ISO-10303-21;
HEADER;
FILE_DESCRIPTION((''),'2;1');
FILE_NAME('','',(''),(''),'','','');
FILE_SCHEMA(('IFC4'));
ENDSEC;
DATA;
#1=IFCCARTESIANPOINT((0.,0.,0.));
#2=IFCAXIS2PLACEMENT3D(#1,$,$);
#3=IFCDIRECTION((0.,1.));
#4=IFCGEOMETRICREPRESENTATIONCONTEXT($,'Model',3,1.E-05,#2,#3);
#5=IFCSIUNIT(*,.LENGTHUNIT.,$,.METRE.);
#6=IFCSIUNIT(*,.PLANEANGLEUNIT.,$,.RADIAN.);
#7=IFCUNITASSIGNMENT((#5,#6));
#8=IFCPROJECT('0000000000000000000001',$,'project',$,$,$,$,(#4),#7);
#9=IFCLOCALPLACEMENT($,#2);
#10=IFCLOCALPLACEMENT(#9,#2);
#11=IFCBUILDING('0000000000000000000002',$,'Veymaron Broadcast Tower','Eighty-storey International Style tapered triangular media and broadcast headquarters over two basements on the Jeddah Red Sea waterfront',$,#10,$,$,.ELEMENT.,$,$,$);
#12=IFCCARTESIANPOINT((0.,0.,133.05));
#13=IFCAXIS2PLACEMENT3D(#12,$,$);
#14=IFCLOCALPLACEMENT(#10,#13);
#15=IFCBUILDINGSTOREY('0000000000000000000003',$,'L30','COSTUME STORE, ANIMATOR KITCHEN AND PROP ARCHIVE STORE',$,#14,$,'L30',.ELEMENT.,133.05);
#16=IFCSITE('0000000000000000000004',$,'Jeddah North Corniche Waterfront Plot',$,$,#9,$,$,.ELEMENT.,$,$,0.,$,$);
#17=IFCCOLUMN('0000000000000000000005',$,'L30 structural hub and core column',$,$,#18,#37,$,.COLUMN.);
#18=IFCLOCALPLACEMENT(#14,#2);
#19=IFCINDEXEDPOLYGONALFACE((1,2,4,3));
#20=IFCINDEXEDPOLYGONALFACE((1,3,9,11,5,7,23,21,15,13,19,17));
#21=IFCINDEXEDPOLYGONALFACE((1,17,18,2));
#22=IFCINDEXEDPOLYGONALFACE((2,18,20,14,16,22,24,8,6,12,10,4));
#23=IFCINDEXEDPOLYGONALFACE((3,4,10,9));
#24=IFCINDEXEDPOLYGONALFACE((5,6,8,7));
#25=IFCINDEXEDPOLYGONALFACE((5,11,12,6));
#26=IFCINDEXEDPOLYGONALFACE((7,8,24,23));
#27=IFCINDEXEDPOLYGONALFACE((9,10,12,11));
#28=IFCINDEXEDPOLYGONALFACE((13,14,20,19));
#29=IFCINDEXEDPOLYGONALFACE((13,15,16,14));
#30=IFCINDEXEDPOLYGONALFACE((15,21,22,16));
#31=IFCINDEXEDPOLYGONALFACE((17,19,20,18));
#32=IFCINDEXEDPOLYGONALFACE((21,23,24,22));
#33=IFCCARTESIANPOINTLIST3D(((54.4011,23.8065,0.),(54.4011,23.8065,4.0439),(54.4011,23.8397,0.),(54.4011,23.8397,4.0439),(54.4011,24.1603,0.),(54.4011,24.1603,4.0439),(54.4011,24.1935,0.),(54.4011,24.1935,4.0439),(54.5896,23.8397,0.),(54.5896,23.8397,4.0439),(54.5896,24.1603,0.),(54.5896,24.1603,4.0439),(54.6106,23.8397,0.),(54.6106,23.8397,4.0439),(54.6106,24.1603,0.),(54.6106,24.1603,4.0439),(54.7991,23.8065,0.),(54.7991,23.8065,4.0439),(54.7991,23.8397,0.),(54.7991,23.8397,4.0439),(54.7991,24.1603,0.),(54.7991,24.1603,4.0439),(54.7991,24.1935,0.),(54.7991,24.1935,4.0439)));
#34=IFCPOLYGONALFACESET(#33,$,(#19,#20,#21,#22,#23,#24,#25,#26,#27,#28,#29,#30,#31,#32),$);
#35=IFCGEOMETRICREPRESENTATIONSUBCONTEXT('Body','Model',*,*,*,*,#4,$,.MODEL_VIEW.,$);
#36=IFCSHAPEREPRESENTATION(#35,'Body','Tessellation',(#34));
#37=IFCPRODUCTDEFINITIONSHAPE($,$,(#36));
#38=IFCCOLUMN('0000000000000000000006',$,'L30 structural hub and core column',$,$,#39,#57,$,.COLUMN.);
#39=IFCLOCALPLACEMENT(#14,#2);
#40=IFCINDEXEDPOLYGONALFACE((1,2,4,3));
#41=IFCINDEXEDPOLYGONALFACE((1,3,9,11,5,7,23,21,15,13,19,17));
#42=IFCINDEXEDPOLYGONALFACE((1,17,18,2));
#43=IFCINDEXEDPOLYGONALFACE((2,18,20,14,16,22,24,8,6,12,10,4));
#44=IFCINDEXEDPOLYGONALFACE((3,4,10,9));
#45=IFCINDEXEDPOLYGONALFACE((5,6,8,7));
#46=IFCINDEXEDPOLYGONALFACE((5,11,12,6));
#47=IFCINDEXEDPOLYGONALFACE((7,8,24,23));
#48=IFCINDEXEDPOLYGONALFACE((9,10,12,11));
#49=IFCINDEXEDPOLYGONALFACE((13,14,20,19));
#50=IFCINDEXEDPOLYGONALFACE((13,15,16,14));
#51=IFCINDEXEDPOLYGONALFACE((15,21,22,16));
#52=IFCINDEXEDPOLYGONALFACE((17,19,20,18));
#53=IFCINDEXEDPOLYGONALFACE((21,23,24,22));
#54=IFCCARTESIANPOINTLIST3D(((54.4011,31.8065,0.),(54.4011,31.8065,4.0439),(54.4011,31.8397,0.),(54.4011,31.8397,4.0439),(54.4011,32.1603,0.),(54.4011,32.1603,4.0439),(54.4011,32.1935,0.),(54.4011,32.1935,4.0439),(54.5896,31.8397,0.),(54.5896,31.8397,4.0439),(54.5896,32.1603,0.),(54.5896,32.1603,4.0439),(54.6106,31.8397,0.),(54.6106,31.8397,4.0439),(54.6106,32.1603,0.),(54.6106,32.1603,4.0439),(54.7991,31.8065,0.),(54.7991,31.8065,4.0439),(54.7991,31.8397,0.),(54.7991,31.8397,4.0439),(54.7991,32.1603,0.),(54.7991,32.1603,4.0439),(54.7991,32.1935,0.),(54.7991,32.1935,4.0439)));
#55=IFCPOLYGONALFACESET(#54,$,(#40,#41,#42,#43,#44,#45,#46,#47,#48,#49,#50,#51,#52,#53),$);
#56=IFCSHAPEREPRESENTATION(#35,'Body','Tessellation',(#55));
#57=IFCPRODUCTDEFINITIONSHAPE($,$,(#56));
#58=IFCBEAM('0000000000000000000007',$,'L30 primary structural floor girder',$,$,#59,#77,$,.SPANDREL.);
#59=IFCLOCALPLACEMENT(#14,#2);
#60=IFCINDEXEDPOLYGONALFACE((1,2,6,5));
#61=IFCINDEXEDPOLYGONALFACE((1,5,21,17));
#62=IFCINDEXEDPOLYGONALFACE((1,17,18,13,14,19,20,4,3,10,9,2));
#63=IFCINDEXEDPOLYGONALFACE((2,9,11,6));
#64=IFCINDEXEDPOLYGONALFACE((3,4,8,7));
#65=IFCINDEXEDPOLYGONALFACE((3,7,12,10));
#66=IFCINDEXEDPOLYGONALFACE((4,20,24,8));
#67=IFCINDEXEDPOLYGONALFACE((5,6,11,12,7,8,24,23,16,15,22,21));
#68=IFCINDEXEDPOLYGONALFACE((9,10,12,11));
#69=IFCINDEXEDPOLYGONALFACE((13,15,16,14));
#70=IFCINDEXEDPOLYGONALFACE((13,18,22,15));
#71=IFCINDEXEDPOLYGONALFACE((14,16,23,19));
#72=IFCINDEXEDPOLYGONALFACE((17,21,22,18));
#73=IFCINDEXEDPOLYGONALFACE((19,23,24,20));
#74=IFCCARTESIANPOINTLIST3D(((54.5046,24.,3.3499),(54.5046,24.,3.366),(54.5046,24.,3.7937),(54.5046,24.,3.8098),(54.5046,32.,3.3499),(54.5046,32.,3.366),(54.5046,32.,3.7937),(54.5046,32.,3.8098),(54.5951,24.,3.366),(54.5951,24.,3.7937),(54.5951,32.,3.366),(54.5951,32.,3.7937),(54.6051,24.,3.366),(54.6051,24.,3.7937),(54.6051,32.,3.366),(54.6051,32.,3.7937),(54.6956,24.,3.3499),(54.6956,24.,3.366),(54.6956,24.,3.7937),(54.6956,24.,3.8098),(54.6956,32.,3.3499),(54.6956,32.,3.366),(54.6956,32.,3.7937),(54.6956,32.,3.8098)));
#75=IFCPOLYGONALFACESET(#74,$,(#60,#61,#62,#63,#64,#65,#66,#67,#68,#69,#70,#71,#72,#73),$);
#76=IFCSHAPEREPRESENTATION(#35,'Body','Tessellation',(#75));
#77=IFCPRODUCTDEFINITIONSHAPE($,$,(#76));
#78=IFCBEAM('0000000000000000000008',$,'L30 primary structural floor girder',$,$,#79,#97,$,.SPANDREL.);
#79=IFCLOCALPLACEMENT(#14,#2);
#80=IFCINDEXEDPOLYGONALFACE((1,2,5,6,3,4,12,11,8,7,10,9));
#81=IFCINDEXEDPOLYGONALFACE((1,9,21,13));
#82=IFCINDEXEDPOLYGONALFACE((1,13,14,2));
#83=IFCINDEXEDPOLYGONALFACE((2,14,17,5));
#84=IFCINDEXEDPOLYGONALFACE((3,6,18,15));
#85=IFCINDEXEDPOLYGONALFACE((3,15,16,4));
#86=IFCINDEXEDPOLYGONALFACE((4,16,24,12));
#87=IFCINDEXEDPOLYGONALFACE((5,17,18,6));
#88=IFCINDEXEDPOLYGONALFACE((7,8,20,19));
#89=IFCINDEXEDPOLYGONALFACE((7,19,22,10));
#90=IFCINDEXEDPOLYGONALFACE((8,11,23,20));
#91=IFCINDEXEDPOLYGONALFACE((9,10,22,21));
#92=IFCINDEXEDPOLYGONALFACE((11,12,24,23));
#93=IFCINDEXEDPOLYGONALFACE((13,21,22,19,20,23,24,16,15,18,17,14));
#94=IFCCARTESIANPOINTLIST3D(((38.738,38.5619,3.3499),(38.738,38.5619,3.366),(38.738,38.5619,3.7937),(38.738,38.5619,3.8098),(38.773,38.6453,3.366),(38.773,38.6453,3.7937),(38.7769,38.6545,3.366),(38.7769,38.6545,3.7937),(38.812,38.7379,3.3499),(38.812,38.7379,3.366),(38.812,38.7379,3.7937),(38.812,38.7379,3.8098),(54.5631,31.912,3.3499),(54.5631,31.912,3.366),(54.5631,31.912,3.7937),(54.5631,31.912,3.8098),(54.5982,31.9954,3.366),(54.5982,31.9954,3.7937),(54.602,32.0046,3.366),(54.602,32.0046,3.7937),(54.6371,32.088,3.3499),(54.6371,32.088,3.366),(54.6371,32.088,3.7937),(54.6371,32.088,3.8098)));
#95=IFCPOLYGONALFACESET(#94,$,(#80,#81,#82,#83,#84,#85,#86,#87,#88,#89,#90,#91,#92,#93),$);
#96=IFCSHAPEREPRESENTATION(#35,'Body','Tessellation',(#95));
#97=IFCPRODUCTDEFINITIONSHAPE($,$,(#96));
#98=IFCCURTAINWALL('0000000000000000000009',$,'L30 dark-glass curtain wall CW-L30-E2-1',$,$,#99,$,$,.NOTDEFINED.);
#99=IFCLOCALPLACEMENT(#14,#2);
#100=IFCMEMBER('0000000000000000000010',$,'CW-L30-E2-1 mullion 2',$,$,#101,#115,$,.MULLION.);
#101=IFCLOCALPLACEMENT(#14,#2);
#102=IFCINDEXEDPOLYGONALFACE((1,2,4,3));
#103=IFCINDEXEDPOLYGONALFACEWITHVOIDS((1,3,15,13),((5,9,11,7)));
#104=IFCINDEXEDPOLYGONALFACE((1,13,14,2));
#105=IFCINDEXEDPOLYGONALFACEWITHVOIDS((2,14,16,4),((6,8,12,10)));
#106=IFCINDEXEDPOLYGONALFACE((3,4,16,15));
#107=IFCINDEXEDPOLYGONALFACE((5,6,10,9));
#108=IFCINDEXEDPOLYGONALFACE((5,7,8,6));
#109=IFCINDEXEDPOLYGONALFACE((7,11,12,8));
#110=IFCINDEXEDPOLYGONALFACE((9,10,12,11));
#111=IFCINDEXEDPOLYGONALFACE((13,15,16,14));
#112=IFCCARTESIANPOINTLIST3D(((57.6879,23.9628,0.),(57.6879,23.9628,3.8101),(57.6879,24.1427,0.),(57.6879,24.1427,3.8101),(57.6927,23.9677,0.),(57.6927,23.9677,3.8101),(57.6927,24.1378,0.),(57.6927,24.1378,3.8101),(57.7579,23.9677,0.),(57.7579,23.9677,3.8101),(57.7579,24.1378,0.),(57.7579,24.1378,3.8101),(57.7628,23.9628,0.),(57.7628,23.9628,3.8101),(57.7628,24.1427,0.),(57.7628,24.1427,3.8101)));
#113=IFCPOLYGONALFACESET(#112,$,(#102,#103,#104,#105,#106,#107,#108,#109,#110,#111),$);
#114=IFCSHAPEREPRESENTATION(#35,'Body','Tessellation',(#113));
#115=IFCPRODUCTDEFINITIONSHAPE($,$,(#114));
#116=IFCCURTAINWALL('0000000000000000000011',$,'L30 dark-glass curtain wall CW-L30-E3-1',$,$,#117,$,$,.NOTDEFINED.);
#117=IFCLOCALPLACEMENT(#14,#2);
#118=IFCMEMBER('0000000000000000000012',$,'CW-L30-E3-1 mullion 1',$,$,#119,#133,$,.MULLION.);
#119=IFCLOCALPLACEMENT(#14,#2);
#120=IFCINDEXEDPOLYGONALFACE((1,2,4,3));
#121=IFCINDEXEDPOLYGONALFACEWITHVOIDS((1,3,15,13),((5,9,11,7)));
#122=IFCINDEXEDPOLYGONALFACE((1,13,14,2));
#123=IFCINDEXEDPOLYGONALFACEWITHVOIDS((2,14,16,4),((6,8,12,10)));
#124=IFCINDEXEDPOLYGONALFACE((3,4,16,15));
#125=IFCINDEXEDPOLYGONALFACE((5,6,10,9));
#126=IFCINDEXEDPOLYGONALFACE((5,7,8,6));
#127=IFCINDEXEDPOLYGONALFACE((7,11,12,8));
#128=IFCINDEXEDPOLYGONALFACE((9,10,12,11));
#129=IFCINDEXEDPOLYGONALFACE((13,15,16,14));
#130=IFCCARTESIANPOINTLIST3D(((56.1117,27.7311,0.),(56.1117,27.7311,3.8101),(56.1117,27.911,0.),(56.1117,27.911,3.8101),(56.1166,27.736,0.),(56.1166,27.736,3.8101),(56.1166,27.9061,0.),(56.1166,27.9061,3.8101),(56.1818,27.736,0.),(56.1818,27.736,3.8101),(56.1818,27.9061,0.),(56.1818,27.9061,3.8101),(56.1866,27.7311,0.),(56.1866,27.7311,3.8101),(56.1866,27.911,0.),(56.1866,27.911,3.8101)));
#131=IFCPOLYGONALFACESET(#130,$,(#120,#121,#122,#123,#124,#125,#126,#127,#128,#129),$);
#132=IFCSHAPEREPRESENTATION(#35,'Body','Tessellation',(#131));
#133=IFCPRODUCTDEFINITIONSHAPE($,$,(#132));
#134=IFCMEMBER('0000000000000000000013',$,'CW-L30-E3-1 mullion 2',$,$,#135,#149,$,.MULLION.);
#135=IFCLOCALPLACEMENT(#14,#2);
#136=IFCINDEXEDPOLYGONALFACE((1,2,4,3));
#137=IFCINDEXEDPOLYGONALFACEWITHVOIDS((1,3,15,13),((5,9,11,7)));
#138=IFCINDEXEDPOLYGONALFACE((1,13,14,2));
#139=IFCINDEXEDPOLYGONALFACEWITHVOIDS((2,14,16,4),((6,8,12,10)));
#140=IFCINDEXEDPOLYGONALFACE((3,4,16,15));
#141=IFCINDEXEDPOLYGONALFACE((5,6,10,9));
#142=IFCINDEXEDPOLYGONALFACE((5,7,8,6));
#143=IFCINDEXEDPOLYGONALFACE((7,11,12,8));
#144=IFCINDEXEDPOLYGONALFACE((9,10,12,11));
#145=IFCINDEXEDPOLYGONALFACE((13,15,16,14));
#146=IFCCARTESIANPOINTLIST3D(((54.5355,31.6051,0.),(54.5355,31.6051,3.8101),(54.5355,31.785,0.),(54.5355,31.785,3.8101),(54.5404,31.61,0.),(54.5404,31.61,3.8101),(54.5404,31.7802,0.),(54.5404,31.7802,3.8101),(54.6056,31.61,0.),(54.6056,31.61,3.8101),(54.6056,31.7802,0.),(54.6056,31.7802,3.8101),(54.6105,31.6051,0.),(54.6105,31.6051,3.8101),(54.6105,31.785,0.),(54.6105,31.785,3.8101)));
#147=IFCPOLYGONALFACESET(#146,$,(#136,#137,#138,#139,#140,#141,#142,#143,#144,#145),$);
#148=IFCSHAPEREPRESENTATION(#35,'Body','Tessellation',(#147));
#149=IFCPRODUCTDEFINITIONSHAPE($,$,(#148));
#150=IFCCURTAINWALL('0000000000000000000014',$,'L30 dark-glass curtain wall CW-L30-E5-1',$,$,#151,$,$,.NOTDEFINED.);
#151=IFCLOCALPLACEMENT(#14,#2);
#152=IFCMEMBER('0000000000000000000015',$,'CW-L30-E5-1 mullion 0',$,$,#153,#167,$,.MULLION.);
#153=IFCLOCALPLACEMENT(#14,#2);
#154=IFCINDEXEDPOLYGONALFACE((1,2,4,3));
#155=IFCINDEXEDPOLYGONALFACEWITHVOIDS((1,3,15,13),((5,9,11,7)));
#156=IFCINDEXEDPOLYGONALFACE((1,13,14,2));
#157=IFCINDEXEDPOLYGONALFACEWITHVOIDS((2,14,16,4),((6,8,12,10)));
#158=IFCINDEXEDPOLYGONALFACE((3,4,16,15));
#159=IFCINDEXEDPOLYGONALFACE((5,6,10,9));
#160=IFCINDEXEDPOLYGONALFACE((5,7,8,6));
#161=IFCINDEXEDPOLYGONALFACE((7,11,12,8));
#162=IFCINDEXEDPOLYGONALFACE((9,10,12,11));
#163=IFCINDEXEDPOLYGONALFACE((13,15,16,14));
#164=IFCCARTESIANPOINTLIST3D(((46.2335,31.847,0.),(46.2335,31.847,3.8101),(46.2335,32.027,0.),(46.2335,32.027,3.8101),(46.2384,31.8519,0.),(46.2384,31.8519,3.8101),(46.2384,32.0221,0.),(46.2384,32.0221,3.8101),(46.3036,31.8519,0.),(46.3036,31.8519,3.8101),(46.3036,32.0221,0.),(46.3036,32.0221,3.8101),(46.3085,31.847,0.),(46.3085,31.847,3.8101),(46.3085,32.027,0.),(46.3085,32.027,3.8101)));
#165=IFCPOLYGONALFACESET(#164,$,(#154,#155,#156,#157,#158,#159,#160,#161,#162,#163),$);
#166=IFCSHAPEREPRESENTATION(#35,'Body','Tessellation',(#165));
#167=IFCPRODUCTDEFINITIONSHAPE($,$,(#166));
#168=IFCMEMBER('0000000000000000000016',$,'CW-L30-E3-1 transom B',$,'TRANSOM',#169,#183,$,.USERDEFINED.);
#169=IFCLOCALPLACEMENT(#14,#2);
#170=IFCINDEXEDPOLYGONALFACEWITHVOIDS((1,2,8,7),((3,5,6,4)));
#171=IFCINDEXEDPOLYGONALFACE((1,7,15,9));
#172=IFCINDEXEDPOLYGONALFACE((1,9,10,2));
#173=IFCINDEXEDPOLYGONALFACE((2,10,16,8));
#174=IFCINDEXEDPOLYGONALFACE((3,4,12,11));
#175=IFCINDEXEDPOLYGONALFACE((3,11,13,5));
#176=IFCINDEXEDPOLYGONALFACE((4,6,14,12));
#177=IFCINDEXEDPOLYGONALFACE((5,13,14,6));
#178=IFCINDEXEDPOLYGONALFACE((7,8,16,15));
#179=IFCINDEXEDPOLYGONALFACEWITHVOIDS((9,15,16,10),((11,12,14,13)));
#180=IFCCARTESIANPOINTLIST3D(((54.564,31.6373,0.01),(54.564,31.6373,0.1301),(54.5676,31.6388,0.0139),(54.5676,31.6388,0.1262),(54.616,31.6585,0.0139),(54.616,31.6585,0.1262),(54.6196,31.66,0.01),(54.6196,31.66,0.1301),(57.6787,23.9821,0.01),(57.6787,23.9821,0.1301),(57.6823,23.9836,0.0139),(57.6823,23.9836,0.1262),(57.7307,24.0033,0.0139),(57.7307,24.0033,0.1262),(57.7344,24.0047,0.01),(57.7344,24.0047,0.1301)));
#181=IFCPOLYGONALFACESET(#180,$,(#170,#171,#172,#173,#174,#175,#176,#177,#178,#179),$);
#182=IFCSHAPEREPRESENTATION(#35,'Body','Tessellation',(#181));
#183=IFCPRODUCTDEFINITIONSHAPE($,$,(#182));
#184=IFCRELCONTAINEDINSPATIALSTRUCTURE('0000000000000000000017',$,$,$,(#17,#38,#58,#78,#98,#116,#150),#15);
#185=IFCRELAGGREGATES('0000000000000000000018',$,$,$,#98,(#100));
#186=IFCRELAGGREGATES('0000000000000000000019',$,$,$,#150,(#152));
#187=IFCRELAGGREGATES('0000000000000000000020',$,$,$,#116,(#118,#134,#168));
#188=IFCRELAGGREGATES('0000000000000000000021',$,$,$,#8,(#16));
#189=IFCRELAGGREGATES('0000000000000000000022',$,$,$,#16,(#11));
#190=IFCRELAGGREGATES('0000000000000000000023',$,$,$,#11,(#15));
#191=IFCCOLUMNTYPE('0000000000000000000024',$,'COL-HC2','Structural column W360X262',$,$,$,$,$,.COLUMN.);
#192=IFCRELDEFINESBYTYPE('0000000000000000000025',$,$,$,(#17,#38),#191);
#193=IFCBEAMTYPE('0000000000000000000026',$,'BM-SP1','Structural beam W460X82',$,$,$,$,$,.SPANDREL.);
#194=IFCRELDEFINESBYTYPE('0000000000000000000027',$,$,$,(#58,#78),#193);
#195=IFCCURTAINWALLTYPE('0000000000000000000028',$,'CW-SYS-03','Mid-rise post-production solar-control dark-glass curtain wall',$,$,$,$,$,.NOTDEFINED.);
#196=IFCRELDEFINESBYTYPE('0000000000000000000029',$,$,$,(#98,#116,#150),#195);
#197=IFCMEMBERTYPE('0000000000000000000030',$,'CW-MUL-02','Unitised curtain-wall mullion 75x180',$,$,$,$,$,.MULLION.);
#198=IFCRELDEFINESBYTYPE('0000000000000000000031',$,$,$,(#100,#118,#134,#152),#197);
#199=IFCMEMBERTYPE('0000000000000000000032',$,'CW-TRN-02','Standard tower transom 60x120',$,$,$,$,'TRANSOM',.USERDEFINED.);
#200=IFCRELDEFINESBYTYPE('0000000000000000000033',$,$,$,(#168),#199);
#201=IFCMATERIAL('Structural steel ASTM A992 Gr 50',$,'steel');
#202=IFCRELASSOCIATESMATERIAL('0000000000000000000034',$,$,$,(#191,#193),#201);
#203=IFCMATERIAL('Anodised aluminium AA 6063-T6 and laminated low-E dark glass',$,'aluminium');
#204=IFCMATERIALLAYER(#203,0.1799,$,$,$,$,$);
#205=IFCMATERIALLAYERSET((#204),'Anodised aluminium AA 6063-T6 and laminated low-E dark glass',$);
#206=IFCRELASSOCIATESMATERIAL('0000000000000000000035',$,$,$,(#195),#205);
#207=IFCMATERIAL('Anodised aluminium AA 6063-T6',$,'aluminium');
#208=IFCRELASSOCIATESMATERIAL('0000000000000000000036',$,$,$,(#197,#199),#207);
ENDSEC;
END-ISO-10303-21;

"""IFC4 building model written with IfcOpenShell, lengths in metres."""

from ifc_helpers import new_model, si_unit, direction, frame, origin, origin_2d, place, context, subcontext, project, spatial, hollow_rectangle, i_section, extrude, material, layer, layer_set, material_profile, profile_set, type_object, element, aggregate, save


model = new_model("IFC4")

# Units and contexts
model_context = context("Model", 3, precision=1e-05, world=origin(), true_north=direction((0.0, 1.0)))
body_context = subcontext(model_context, "Body", "Model", "MODEL_VIEW")
ifc_project = project(units=[si_unit("LENGTHUNIT", "METRE"), si_unit("PLANEANGLEUNIT", "RADIAN")], contexts=[model_context])

# Site, building, storey
site_placement = place(None, origin())
site = spatial("IfcSite", under=ifc_project, at=site_placement, Name="Jeddah North Corniche Waterfront Plot", CompositionType="ELEMENT", RefElevation=0.0)
building_placement = place(site_placement, origin())
building = spatial("IfcBuilding", under=site, at=building_placement, Name="Veymaron Broadcast Tower", Description="Eighty-storey International Style tapered triangular media and broadcast headquarters over two basements on the Jeddah Red Sea waterfront", CompositionType="ELEMENT")
storey_placement = place(building_placement, frame((0.0, 0.0, 133.05)))
storey = spatial("IfcBuildingStorey", under=building, at=storey_placement, Name="L30", Description="COSTUME STORE, ANIMATOR KITCHEN AND PROP ARCHIVE STORE", LongName="L30", CompositionType="ELEMENT", Elevation=133.05)

# Columns
ifc_material_1 = material(Name="Structural steel ASTM A992 Gr 50", Category="steel")
ifc_material_profile_1 = material_profile(ifc_material_1, i_section(OverallWidth=0.3979, OverallDepth=0.387, WebThickness=0.021, FlangeThickness=0.0332, at=origin_2d()), Name="W360X262")
ifc_profile_set_1 = profile_set([ifc_material_profile_1], Name="Structural steel ASTM A992 Gr 50")
column_type = type_object("IfcColumnType", Name="COL-HC2", Description="Structural column W360X262", PredefinedType="COLUMN", material=ifc_profile_set_1)
for number, where, z_axis, x_axis, name in (
    (1, (54.6001, 24.0, 0.0), (0.0, 0.0, 1.0), (1.0, 0.0, 0.0), "L30 structural hub and core column"),
    (2, (54.6001, 32.0, 0.0), (0.0, 0.0, 1.0), (1.0, 0.0, 0.0), "L30 structural hub and core column"),
):
    element("IfcColumn", number, at=place(storey_placement, frame(where, z_axis=z_axis, x_axis=x_axis)), inside=storey, type_object=column_type, Name=name, PredefinedType="COLUMN", context=body_context, shape_type="SweptSolid", body=[
        extrude(i_section(OverallWidth=0.3979, OverallDepth=0.387, WebThickness=0.021, FlangeThickness=0.0332, at=origin_2d()), origin(), (0.0, 0.0, 1.0), 4.0439),
    ])

# Beams
ifc_material_profile_2 = material_profile(ifc_material_1, i_section(OverallWidth=0.1909, OverallDepth=0.46, WebThickness=0.01, FlangeThickness=0.0161, at=origin_2d()), Name="W460X82")
ifc_profile_set_2 = profile_set([ifc_material_profile_2], Name="Structural steel ASTM A992 Gr 50")
beam_type = type_object("IfcBeamType", Name="BM-SP1", Description="Structural beam W460X82", PredefinedType="SPANDREL", material=ifc_profile_set_2)
beam_1_placement = place(storey_placement, frame((54.6001, 24.0, 3.5798), z_axis=(0.0, 1.0, 0.0), x_axis=(-1.0, 0.0, 0.0)))
element("IfcBeam", 3, at=beam_1_placement, inside=storey, type_object=beam_type, Name="L30 primary structural floor girder", PredefinedType="SPANDREL", context=body_context, shape_type="SweptSolid", body=[
    extrude(i_section(OverallWidth=0.1909, OverallDepth=0.46, WebThickness=0.01, FlangeThickness=0.0161, at=origin_2d()), origin(), (0.0, 0.0, 1.0), 8.0),
])
beam_2_placement = place(storey_placement, frame((54.6001, 32.0, 3.5798), z_axis=(-0.921913, 0.387397, 0.0), x_axis=(-0.387397, -0.921913, 0.0)))
element("IfcBeam", 4, at=beam_2_placement, inside=storey, type_object=beam_type, Name="L30 primary structural floor girder", PredefinedType="SPANDREL", context=body_context, shape_type="SweptSolid", body=[
    extrude(i_section(OverallWidth=0.1909, OverallDepth=0.46, WebThickness=0.01, FlangeThickness=0.0161, at=origin_2d()), origin(), (0.0, 0.0, 1.0), 17.1655),
])

# Curtain wall, member
ifc_material_2 = material(Name="Anodised aluminium AA 6063-T6 and laminated low-E dark glass", Category="aluminium")
ifc_layer_1 = layer(ifc_material_2, 0.1799)
ifc_layer_set_1 = layer_set([ifc_layer_1], Name="Anodised aluminium AA 6063-T6 and laminated low-E dark glass")
curtain_wall_type = type_object("IfcCurtainWallType", Name="CW-SYS-03", Description="Mid-rise post-production solar-control dark-glass curtain wall", PredefinedType="NOTDEFINED", material=ifc_layer_set_1)
curtain_wall_1_placement = place(storey_placement, origin())
curtain_wall_1 = element("IfcCurtainWall", 5, at=curtain_wall_1_placement, inside=storey, type_object=curtain_wall_type, Name="L30 dark-glass curtain wall CW-L30-E2-1", PredefinedType="NOTDEFINED")
ifc_material_3 = material(Name="Anodised aluminium AA 6063-T6", Category="aluminium")
ifc_material_profile_3 = material_profile(ifc_material_3, hollow_rectangle(XDim=0.075, YDim=0.1799, WallThickness=0.0049, at=origin_2d()), Name="AL180X75X5")
ifc_profile_set_3 = profile_set([ifc_material_profile_3], Name="Anodised aluminium AA 6063-T6")
member_type_1 = type_object("IfcMemberType", Name="CW-MUL-02", Description="Unitised curtain-wall mullion 75x180", PredefinedType="MULLION", material=ifc_profile_set_3)
member_1_placement = place(storey_placement, frame((57.7253, 24.0527, 0.0), z_axis=(0.0, 0.0, 1.0), x_axis=(1.0, 0.0, 0.0)))
member_1 = element("IfcMember", 6, at=member_1_placement, type_object=member_type_1, Name="CW-L30-E2-1 mullion 2", PredefinedType="MULLION", context=body_context, shape_type="SweptSolid", body=[
    extrude(hollow_rectangle(XDim=0.075, YDim=0.1799, WallThickness=0.0049, at=origin_2d()), origin(), (0.0, 0.0, 1.0), 3.8101),
])
aggregate(curtain_wall_1, [member_1])

# Curtain wall, members
curtain_wall_2_placement = place(storey_placement, origin())
curtain_wall_2 = element("IfcCurtainWall", 7, at=curtain_wall_2_placement, inside=storey, type_object=curtain_wall_type, Name="L30 dark-glass curtain wall CW-L30-E3-1", PredefinedType="NOTDEFINED")
member_2_placement = place(storey_placement, frame((56.1492, 27.821, 0.0), z_axis=(0.0, 0.0, 1.0), x_axis=(1.0, 0.0, 0.0)))
member_2 = element("IfcMember", 8, at=member_2_placement, type_object=member_type_1, Name="CW-L30-E3-1 mullion 1", PredefinedType="MULLION", context=body_context, shape_type="SweptSolid", body=[
    extrude(hollow_rectangle(XDim=0.075, YDim=0.1799, WallThickness=0.0049, at=origin_2d()), origin(), (0.0, 0.0, 1.0), 3.8101),
])
member_3_placement = place(storey_placement, frame((54.573, 31.6951, 0.0), z_axis=(0.0, 0.0, 1.0), x_axis=(1.0, 0.0, 0.0)))
member_3 = element("IfcMember", 9, at=member_3_placement, type_object=member_type_1, Name="CW-L30-E3-1 mullion 2", PredefinedType="MULLION", context=body_context, shape_type="SweptSolid", body=[
    extrude(hollow_rectangle(XDim=0.075, YDim=0.1799, WallThickness=0.0049, at=origin_2d()), origin(), (0.0, 0.0, 1.0), 3.8101),
])

# Curtain wall, member
curtain_wall_3_placement = place(storey_placement, origin())
curtain_wall_3 = element("IfcCurtainWall", 10, at=curtain_wall_3_placement, inside=storey, type_object=curtain_wall_type, Name="L30 dark-glass curtain wall CW-L30-E5-1", PredefinedType="NOTDEFINED")
member_4_placement = place(storey_placement, frame((46.271, 31.937, 0.0), z_axis=(0.0, 0.0, 1.0), x_axis=(1.0, 0.0, 0.0)))
member_4 = element("IfcMember", 11, at=member_4_placement, type_object=member_type_1, Name="CW-L30-E5-1 mullion 0", PredefinedType="MULLION", context=body_context, shape_type="SweptSolid", body=[
    extrude(hollow_rectangle(XDim=0.075, YDim=0.1799, WallThickness=0.0049, at=origin_2d()), origin(), (0.0, 0.0, 1.0), 3.8101),
])

# Member
ifc_material_profile_4 = material_profile(ifc_material_3, hollow_rectangle(XDim=0.0601, YDim=0.1201, WallThickness=0.0039, at=origin_2d()), Name="AL120X60X4")
ifc_profile_set_4 = profile_set([ifc_material_profile_4], Name="Anodised aluminium AA 6063-T6")
member_type_2 = type_object("IfcMemberType", Name="CW-TRN-02", Description="Standard tower transom 60x120", ElementType="TRANSOM", PredefinedType="USERDEFINED", material=ifc_profile_set_4)
member_5_placement = place(storey_placement, frame((57.7065, 23.9934, 0.0701), z_axis=(-0.376875, 0.926264, 0.0), x_axis=(-0.926264, -0.376875, 0.0)))
member_5 = element("IfcMember", 12, at=member_5_placement, type_object=member_type_2, Name="CW-L30-E3-1 transom B", ObjectType="TRANSOM", PredefinedType="USERDEFINED", context=body_context, shape_type="SweptSolid", body=[
    extrude(hollow_rectangle(XDim=0.0601, YDim=0.1201, WallThickness=0.0039, at=origin_2d()), origin(), (0.0, 0.0, 1.0), 8.2646),
])
aggregate(curtain_wall_3, [member_4])

aggregate(curtain_wall_2, [member_2, member_3, member_5])

save(model, "model.ifc")
